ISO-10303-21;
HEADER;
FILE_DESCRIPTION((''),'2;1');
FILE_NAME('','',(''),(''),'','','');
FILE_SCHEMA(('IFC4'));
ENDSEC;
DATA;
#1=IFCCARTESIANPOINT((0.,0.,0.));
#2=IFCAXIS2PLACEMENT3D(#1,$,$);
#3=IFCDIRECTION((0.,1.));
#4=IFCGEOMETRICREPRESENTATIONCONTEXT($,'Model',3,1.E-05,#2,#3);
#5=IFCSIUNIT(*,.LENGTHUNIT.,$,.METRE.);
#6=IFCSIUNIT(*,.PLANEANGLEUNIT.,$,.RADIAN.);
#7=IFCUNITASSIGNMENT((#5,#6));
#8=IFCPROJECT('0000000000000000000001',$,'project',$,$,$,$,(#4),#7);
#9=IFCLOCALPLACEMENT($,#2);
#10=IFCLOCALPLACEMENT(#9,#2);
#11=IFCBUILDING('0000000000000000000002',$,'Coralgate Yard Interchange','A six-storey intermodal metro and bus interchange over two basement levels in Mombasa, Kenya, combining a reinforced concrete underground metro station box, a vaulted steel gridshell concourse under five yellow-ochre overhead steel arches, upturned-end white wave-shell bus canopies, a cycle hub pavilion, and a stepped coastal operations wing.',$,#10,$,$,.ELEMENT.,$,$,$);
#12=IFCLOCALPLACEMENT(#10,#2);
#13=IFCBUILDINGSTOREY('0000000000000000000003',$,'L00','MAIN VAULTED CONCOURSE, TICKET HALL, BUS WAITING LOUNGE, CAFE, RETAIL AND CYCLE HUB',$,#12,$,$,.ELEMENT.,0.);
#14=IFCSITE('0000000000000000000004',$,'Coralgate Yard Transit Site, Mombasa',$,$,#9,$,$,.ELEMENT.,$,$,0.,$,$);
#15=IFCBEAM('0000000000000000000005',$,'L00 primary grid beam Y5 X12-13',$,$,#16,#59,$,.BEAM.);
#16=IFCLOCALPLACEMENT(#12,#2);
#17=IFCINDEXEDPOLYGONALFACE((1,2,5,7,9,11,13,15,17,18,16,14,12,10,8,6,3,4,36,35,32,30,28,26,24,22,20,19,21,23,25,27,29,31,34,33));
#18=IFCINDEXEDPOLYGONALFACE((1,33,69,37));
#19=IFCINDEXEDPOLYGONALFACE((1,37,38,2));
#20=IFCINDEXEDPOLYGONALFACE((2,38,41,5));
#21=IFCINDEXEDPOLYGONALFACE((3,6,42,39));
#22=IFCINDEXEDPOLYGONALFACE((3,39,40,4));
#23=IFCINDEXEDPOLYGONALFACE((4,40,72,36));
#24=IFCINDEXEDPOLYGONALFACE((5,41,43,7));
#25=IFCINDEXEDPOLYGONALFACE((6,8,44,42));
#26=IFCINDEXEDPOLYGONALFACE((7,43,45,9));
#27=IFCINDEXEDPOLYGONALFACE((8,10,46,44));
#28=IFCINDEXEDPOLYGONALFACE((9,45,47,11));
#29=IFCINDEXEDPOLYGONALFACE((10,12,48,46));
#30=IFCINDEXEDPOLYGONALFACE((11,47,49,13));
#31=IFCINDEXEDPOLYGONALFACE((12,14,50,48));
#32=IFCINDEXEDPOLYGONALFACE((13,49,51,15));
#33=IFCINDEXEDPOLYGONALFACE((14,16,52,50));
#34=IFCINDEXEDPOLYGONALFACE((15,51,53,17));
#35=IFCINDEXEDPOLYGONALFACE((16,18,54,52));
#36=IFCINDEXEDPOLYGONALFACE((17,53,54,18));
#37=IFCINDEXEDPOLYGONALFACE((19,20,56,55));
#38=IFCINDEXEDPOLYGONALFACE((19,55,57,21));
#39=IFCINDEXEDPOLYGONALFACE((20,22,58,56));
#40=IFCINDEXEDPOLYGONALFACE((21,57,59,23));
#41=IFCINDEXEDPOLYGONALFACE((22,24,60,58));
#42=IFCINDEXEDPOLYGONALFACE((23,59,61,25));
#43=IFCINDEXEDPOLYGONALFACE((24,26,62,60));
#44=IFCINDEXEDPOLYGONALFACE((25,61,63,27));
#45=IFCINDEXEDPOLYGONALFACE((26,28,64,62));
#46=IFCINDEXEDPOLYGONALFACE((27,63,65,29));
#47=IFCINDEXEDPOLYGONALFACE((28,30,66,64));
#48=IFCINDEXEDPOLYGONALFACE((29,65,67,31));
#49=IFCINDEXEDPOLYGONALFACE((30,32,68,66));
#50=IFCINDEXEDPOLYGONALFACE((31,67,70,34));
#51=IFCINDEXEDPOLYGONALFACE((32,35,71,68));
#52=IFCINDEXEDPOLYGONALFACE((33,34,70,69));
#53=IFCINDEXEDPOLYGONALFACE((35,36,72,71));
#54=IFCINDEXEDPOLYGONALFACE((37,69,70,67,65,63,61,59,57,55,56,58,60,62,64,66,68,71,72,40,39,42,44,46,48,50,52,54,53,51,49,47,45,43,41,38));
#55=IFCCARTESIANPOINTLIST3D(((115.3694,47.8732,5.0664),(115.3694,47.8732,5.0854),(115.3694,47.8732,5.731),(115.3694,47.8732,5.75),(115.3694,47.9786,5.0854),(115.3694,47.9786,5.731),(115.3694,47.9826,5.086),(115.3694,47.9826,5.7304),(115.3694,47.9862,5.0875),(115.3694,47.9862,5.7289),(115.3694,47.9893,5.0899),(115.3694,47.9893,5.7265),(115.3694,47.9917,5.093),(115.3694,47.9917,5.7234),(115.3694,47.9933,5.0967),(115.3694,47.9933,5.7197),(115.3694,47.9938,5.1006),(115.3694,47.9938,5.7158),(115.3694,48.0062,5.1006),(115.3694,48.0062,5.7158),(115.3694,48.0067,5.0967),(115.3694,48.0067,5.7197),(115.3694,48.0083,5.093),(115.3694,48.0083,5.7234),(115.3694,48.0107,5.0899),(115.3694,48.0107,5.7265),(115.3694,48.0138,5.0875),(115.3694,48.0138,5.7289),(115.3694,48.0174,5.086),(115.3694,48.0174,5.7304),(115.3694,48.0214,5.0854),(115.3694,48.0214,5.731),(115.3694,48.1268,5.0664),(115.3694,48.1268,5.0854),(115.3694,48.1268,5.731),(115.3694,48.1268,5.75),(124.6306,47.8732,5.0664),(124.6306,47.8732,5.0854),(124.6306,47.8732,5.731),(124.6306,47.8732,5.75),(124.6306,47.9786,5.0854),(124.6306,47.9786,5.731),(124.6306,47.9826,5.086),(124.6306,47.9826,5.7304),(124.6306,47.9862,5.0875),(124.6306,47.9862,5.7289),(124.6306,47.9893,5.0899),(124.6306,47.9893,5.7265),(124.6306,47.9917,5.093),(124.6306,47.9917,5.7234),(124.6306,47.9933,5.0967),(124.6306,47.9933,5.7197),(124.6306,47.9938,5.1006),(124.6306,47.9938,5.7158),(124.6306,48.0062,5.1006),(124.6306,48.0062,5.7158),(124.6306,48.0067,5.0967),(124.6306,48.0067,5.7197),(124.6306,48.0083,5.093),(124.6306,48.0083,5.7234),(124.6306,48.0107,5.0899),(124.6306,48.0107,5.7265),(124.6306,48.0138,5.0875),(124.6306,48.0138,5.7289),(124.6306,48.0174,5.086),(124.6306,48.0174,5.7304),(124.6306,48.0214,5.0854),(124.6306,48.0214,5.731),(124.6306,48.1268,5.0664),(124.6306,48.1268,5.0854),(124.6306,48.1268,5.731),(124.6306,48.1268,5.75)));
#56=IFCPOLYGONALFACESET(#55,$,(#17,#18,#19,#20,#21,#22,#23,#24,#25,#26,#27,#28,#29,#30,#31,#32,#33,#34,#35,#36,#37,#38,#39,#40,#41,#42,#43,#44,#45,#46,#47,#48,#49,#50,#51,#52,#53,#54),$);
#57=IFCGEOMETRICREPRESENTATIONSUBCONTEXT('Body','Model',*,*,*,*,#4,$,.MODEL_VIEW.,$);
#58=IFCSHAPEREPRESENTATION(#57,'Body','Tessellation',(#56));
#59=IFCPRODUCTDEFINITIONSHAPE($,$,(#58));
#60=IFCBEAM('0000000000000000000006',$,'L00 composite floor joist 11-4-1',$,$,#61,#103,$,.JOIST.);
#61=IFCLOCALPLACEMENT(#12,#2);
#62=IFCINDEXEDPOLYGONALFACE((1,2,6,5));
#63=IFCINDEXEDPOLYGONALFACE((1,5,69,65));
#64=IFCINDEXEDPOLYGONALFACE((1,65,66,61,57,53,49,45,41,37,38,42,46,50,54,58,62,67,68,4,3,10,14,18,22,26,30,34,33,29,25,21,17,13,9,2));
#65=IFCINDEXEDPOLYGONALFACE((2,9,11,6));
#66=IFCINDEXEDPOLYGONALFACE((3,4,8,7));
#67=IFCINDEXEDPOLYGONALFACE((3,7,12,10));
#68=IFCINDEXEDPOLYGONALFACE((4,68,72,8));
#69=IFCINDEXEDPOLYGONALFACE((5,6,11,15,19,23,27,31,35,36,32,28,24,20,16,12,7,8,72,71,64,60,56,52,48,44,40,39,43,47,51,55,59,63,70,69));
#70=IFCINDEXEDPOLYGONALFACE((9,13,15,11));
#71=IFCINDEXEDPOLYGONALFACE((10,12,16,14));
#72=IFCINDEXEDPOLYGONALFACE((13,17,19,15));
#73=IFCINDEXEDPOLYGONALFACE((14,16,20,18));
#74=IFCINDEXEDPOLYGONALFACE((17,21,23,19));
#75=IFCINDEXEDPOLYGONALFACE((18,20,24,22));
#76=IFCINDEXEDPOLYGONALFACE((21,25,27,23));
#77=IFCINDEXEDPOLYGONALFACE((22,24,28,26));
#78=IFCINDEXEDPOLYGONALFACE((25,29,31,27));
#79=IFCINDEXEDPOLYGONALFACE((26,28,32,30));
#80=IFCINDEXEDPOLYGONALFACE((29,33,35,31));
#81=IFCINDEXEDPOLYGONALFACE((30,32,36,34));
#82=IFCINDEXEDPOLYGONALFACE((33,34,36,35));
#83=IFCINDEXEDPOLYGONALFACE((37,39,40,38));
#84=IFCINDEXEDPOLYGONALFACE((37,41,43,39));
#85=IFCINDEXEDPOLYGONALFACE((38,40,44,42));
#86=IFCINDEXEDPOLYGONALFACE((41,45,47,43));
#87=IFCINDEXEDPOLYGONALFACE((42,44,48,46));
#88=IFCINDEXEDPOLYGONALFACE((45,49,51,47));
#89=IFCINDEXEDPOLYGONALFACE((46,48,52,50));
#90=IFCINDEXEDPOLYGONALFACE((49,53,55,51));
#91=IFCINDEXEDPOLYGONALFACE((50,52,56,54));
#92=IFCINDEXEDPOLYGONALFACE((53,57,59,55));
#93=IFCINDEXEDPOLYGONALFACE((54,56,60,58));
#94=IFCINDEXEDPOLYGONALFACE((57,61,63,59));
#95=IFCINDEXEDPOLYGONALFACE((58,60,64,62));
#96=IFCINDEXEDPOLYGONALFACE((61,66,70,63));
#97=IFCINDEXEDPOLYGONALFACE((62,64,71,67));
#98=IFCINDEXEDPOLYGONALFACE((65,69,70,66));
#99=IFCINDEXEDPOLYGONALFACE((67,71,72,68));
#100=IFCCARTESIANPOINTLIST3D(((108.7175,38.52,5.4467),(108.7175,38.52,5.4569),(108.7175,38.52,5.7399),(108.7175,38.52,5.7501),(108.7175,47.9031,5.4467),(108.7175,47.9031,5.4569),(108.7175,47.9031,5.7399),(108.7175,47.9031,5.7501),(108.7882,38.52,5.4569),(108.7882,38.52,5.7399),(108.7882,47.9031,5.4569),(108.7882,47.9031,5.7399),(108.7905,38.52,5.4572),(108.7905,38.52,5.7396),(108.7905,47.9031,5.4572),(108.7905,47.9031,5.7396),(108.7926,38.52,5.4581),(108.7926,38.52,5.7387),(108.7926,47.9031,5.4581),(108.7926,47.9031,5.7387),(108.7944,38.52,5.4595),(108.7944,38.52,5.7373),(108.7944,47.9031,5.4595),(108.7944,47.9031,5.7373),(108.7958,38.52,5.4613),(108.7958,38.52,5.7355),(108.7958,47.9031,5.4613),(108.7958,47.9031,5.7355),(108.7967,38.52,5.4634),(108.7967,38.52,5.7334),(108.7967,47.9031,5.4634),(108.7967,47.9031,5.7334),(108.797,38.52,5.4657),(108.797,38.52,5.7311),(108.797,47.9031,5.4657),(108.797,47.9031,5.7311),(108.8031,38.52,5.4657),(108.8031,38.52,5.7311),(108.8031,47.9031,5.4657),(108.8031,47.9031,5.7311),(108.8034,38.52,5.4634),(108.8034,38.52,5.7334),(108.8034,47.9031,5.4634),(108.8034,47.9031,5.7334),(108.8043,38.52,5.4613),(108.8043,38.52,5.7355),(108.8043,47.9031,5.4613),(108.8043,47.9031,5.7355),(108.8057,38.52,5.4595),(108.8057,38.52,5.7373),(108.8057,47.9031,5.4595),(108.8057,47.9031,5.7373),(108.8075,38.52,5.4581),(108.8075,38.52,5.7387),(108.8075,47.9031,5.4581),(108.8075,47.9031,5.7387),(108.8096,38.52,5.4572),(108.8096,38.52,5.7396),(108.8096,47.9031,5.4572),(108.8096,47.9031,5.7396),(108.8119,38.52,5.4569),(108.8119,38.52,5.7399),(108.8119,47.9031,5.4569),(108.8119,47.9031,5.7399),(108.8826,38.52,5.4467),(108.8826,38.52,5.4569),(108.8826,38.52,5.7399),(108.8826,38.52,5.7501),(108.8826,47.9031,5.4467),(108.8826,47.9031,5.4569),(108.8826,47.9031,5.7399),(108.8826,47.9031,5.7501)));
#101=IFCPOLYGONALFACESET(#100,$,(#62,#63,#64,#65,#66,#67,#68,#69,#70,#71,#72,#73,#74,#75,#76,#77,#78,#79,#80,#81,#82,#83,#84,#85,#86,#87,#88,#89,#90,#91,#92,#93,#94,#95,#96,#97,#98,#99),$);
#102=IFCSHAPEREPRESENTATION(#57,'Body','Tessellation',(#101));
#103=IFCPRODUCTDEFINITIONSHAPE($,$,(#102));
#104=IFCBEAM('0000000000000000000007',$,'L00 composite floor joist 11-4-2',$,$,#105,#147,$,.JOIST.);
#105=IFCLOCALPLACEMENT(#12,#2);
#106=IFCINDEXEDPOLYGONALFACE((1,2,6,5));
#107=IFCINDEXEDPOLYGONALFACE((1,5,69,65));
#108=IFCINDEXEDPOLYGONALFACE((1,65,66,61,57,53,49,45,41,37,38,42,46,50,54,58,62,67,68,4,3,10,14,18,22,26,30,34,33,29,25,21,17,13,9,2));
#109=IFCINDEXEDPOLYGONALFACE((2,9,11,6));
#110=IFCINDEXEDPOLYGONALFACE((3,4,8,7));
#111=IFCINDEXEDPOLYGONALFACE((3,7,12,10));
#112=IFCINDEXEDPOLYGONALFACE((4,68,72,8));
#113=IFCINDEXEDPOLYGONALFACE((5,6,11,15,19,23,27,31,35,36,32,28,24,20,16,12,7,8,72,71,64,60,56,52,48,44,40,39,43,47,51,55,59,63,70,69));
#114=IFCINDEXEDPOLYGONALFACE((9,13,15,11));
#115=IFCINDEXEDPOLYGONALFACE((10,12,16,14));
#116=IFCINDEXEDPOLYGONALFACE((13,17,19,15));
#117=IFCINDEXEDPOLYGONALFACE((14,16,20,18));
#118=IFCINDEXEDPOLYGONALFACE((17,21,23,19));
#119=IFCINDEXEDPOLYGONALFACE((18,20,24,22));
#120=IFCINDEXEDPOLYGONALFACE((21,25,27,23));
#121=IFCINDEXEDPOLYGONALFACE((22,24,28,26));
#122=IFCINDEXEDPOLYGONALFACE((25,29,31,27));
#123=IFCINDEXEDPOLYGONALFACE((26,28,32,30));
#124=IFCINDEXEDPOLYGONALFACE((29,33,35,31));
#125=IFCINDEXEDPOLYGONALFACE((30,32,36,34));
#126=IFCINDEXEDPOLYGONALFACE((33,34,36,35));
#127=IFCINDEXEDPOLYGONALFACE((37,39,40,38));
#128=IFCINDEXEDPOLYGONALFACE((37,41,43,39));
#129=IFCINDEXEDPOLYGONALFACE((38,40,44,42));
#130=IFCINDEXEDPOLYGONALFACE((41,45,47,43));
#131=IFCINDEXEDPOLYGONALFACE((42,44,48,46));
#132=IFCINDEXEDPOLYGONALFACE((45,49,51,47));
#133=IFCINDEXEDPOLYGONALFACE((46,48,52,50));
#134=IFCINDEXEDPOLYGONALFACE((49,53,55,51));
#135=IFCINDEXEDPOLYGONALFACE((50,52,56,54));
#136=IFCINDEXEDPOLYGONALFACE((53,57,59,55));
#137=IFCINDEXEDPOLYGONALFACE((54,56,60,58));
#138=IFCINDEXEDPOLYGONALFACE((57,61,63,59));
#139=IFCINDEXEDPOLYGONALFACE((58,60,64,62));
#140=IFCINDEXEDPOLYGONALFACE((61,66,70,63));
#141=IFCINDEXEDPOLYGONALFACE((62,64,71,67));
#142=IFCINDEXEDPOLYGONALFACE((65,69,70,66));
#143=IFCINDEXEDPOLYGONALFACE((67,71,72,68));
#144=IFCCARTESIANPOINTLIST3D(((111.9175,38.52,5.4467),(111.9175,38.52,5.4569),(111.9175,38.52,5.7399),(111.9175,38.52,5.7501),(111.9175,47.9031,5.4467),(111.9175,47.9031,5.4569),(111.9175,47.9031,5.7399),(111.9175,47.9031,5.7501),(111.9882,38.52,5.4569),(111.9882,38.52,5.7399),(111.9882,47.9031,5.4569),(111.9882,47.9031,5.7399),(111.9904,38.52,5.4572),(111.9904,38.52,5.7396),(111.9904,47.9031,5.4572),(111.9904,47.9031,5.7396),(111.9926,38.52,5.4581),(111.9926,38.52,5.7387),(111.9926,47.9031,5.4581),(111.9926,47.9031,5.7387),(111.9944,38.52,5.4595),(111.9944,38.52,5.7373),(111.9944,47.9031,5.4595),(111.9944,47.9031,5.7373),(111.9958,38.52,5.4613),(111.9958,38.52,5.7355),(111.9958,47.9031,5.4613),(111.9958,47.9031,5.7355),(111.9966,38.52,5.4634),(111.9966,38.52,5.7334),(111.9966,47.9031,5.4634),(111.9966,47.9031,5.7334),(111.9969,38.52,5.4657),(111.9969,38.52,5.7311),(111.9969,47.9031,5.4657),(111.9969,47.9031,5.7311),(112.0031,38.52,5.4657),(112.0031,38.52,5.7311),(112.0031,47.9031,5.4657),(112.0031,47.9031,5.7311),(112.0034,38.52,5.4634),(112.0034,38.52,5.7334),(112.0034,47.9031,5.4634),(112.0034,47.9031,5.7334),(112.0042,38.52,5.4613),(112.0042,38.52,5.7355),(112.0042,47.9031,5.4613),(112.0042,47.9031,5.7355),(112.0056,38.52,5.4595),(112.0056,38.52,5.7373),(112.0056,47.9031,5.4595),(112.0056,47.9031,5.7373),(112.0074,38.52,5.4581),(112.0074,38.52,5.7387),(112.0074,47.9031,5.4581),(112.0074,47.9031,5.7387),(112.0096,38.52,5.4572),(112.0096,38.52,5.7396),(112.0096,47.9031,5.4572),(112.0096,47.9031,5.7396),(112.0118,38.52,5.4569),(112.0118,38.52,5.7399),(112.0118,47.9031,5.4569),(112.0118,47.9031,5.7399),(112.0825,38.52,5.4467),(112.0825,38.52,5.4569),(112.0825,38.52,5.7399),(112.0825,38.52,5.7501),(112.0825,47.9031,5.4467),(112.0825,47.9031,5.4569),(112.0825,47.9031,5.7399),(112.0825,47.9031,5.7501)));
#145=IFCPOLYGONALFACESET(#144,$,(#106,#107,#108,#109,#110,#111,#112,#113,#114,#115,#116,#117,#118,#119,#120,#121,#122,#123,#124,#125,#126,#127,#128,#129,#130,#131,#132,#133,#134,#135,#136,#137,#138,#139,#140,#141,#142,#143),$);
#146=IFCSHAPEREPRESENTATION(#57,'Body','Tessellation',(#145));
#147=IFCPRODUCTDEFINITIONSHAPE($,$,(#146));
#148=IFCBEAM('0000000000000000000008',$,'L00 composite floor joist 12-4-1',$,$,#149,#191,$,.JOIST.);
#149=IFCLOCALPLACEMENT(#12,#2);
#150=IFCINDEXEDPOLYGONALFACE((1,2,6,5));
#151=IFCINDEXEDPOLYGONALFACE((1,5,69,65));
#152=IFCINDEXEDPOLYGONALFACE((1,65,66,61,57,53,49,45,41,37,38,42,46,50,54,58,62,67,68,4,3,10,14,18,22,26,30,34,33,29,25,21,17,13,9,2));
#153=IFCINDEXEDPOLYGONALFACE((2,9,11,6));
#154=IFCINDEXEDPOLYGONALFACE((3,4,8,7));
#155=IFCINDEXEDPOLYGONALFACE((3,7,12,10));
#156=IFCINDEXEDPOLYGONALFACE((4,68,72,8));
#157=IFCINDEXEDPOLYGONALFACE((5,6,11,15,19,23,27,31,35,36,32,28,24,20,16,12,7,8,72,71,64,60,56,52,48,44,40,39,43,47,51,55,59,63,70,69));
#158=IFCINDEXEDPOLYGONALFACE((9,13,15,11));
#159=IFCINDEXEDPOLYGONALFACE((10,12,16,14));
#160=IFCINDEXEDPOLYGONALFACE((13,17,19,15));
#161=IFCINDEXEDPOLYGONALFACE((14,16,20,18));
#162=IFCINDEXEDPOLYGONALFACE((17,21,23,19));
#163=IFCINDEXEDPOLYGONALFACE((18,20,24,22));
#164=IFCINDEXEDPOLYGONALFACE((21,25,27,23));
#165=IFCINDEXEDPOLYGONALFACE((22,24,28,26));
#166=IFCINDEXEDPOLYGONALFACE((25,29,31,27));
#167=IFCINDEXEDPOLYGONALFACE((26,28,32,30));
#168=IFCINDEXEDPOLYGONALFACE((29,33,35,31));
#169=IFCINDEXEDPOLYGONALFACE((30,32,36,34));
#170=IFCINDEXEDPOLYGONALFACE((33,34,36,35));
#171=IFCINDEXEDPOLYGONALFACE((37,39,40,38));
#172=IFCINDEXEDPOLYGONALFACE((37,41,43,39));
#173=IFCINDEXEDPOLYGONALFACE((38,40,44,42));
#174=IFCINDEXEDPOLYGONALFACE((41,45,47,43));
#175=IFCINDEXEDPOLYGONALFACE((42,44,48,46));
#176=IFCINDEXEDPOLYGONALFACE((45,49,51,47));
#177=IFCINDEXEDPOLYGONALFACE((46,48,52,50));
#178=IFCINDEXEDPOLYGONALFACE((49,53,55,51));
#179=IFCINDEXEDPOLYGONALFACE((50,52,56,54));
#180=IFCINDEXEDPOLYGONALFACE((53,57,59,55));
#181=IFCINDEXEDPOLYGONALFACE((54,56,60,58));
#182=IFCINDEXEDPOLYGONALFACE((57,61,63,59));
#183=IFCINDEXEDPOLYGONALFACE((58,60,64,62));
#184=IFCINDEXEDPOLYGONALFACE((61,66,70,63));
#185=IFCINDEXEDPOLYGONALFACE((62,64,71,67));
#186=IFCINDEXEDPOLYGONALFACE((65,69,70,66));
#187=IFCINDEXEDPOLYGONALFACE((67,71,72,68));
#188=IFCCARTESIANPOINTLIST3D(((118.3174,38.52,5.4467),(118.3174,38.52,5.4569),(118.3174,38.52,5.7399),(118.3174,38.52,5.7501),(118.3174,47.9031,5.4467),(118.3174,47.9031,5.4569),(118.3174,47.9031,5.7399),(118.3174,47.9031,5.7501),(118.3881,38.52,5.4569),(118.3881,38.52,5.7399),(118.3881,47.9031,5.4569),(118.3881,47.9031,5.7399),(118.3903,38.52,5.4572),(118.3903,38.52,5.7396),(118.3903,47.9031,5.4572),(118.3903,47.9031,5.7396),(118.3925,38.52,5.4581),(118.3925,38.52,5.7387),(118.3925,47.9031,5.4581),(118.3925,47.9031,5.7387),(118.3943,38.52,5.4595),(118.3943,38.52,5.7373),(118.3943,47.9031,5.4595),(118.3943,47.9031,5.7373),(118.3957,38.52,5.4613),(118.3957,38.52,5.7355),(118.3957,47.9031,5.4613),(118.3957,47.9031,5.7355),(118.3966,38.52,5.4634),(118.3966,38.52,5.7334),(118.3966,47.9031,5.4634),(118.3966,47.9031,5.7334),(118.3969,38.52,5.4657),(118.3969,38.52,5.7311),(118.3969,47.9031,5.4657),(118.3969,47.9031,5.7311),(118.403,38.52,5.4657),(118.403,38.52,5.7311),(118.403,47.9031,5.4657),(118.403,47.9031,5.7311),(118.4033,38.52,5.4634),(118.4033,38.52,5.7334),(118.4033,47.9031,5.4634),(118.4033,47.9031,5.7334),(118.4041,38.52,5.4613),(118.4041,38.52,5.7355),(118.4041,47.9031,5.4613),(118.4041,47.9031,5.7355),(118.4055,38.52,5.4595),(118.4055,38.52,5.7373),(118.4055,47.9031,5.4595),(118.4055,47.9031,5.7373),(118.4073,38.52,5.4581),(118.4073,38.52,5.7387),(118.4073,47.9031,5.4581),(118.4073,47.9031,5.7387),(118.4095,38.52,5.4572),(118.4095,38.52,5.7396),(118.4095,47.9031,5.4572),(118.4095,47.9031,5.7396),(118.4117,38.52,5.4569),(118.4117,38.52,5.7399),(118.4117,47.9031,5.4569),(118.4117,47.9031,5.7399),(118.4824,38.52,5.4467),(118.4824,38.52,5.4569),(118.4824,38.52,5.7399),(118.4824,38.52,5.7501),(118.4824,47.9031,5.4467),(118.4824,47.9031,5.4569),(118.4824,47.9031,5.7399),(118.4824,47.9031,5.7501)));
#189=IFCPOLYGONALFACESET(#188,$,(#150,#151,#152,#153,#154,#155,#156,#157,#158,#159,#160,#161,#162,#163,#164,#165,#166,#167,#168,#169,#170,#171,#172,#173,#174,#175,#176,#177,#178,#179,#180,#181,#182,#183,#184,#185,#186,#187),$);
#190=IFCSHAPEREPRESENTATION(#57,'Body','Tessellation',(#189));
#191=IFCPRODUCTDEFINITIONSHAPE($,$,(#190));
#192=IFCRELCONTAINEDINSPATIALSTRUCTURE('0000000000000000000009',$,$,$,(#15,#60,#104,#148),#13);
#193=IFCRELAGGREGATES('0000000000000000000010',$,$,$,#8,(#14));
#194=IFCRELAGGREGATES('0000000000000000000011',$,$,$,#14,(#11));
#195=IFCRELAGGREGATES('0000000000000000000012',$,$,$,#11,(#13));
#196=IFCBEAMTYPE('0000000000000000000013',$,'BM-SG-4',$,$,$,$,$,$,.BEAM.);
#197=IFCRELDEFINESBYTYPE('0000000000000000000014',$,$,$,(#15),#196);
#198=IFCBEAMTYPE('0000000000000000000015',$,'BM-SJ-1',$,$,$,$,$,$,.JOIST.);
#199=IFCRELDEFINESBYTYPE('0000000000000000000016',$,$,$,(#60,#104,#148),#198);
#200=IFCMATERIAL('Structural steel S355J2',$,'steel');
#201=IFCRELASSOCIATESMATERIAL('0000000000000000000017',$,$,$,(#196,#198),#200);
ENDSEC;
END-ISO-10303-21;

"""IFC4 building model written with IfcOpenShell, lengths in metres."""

from ifc_helpers import new_model, si_unit, direction, frame, origin, origin_2d, place, context, subcontext, project, spatial, i_section, extrude, material, material_profile, profile_set, type_object, element, save


model = new_model("IFC4")

# Units and contexts
model_context = context("Model", 3, precision=1e-05, world=origin(), true_north=direction((0.0, 1.0)))
body_context = subcontext(model_context, "Body", "Model", "MODEL_VIEW")
ifc_project = project(units=[si_unit("LENGTHUNIT", "METRE"), si_unit("PLANEANGLEUNIT", "RADIAN")], contexts=[model_context])

# Site, building, storey
site_placement = place(None, origin())
site = spatial("IfcSite", under=ifc_project, at=site_placement, Name="Coralgate Yard Transit Site, Mombasa", CompositionType="ELEMENT", RefElevation=0.0)
building_placement = place(site_placement, origin())
building = spatial("IfcBuilding", under=site, at=building_placement, Name="Coralgate Yard Interchange", Description="A six-storey intermodal metro and bus interchange over two basement levels in Mombasa, Kenya, combining a reinforced concrete underground metro station box, a vaulted steel gridshell concourse under five yellow-ochre overhead steel arches, upturned-end white wave-shell bus canopies, a cycle hub pavilion, and a stepped coastal operations wing.", CompositionType="ELEMENT")
storey_placement = place(building_placement, origin())
storey = spatial("IfcBuildingStorey", under=building, at=storey_placement, Name="L00", Description="MAIN VAULTED CONCOURSE, TICKET HALL, BUS WAITING LOUNGE, CAFE, RETAIL AND CYCLE HUB", CompositionType="ELEMENT", Elevation=0.0)

# Shared definitions
ifc_material_1 = material(Name="Structural steel S355J2", Category="steel")

# Beams
ifc_material_profile_1 = material_profile(ifc_material_1, i_section(OverallWidth=0.2537, OverallDepth=0.6836, WebThickness=0.0125, FlangeThickness=0.019, FilletRadius=0.0151, at=origin_2d()), Name="UB 686x254x140")
ifc_profile_set_1 = profile_set([ifc_material_profile_1], Name="Structural steel S355J2")
beam_type_1 = type_object("IfcBeamType", Name="BM-SG-4", PredefinedType="BEAM", material=ifc_profile_set_1)
beam_1_placement = place(storey_placement, frame((115.3694, 48.0, 5.4082), z_axis=(1.0, 0.0, 0.0), x_axis=(0.0, 1.0, 0.0)))
element("IfcBeam", 1, at=beam_1_placement, inside=storey, type_object=beam_type_1, Name="L00 primary grid beam Y5 X12-13", PredefinedType="BEAM", context=body_context, shape_type="SweptSolid", body=[
    extrude(i_section(OverallWidth=0.2537, OverallDepth=0.6836, WebThickness=0.0125, FlangeThickness=0.019, FilletRadius=0.0151, at=origin_2d()), origin(), (0.0, 0.0, 1.0), 9.2612),
])
ifc_material_profile_2 = material_profile(ifc_material_1, i_section(OverallWidth=0.165, OverallDepth=0.3035, WebThickness=0.0061, FlangeThickness=0.0103, FilletRadius=0.0088, at=origin_2d()), Name="UB 305x165x40")
ifc_profile_set_2 = profile_set([ifc_material_profile_2], Name="Structural steel S355J2")
beam_type_2 = type_object("IfcBeamType", Name="BM-SJ-1", PredefinedType="JOIST", material=ifc_profile_set_2)
for number, where, z_axis, x_axis, name in (
    (2, (108.8, 38.52, 5.5984), (0.0, 1.0, 0.0), (-1.0, 0.0, 0.0), "L00 composite floor joist 11-4-1"),
    (3, (112.0, 38.52, 5.5984), (0.0, 1.0, 0.0), (-1.0, 0.0, 0.0), "L00 composite floor joist 11-4-2"),
    (4, (118.3999, 38.52, 5.5984), (0.0, 1.0, 0.0), (-1.0, 0.0, 0.0), "L00 composite floor joist 12-4-1"),
):
    element("IfcBeam", number, at=place(storey_placement, frame(where, z_axis=z_axis, x_axis=x_axis)), inside=storey, type_object=beam_type_2, Name=name, PredefinedType="JOIST", context=body_context, shape_type="SweptSolid", body=[
        extrude(i_section(OverallWidth=0.165, OverallDepth=0.3035, WebThickness=0.0061, FlangeThickness=0.0103, FilletRadius=0.0088, at=origin_2d()), origin(), (0.0, 0.0, 1.0), 9.3831),
    ])

save(model, "model.ifc")
